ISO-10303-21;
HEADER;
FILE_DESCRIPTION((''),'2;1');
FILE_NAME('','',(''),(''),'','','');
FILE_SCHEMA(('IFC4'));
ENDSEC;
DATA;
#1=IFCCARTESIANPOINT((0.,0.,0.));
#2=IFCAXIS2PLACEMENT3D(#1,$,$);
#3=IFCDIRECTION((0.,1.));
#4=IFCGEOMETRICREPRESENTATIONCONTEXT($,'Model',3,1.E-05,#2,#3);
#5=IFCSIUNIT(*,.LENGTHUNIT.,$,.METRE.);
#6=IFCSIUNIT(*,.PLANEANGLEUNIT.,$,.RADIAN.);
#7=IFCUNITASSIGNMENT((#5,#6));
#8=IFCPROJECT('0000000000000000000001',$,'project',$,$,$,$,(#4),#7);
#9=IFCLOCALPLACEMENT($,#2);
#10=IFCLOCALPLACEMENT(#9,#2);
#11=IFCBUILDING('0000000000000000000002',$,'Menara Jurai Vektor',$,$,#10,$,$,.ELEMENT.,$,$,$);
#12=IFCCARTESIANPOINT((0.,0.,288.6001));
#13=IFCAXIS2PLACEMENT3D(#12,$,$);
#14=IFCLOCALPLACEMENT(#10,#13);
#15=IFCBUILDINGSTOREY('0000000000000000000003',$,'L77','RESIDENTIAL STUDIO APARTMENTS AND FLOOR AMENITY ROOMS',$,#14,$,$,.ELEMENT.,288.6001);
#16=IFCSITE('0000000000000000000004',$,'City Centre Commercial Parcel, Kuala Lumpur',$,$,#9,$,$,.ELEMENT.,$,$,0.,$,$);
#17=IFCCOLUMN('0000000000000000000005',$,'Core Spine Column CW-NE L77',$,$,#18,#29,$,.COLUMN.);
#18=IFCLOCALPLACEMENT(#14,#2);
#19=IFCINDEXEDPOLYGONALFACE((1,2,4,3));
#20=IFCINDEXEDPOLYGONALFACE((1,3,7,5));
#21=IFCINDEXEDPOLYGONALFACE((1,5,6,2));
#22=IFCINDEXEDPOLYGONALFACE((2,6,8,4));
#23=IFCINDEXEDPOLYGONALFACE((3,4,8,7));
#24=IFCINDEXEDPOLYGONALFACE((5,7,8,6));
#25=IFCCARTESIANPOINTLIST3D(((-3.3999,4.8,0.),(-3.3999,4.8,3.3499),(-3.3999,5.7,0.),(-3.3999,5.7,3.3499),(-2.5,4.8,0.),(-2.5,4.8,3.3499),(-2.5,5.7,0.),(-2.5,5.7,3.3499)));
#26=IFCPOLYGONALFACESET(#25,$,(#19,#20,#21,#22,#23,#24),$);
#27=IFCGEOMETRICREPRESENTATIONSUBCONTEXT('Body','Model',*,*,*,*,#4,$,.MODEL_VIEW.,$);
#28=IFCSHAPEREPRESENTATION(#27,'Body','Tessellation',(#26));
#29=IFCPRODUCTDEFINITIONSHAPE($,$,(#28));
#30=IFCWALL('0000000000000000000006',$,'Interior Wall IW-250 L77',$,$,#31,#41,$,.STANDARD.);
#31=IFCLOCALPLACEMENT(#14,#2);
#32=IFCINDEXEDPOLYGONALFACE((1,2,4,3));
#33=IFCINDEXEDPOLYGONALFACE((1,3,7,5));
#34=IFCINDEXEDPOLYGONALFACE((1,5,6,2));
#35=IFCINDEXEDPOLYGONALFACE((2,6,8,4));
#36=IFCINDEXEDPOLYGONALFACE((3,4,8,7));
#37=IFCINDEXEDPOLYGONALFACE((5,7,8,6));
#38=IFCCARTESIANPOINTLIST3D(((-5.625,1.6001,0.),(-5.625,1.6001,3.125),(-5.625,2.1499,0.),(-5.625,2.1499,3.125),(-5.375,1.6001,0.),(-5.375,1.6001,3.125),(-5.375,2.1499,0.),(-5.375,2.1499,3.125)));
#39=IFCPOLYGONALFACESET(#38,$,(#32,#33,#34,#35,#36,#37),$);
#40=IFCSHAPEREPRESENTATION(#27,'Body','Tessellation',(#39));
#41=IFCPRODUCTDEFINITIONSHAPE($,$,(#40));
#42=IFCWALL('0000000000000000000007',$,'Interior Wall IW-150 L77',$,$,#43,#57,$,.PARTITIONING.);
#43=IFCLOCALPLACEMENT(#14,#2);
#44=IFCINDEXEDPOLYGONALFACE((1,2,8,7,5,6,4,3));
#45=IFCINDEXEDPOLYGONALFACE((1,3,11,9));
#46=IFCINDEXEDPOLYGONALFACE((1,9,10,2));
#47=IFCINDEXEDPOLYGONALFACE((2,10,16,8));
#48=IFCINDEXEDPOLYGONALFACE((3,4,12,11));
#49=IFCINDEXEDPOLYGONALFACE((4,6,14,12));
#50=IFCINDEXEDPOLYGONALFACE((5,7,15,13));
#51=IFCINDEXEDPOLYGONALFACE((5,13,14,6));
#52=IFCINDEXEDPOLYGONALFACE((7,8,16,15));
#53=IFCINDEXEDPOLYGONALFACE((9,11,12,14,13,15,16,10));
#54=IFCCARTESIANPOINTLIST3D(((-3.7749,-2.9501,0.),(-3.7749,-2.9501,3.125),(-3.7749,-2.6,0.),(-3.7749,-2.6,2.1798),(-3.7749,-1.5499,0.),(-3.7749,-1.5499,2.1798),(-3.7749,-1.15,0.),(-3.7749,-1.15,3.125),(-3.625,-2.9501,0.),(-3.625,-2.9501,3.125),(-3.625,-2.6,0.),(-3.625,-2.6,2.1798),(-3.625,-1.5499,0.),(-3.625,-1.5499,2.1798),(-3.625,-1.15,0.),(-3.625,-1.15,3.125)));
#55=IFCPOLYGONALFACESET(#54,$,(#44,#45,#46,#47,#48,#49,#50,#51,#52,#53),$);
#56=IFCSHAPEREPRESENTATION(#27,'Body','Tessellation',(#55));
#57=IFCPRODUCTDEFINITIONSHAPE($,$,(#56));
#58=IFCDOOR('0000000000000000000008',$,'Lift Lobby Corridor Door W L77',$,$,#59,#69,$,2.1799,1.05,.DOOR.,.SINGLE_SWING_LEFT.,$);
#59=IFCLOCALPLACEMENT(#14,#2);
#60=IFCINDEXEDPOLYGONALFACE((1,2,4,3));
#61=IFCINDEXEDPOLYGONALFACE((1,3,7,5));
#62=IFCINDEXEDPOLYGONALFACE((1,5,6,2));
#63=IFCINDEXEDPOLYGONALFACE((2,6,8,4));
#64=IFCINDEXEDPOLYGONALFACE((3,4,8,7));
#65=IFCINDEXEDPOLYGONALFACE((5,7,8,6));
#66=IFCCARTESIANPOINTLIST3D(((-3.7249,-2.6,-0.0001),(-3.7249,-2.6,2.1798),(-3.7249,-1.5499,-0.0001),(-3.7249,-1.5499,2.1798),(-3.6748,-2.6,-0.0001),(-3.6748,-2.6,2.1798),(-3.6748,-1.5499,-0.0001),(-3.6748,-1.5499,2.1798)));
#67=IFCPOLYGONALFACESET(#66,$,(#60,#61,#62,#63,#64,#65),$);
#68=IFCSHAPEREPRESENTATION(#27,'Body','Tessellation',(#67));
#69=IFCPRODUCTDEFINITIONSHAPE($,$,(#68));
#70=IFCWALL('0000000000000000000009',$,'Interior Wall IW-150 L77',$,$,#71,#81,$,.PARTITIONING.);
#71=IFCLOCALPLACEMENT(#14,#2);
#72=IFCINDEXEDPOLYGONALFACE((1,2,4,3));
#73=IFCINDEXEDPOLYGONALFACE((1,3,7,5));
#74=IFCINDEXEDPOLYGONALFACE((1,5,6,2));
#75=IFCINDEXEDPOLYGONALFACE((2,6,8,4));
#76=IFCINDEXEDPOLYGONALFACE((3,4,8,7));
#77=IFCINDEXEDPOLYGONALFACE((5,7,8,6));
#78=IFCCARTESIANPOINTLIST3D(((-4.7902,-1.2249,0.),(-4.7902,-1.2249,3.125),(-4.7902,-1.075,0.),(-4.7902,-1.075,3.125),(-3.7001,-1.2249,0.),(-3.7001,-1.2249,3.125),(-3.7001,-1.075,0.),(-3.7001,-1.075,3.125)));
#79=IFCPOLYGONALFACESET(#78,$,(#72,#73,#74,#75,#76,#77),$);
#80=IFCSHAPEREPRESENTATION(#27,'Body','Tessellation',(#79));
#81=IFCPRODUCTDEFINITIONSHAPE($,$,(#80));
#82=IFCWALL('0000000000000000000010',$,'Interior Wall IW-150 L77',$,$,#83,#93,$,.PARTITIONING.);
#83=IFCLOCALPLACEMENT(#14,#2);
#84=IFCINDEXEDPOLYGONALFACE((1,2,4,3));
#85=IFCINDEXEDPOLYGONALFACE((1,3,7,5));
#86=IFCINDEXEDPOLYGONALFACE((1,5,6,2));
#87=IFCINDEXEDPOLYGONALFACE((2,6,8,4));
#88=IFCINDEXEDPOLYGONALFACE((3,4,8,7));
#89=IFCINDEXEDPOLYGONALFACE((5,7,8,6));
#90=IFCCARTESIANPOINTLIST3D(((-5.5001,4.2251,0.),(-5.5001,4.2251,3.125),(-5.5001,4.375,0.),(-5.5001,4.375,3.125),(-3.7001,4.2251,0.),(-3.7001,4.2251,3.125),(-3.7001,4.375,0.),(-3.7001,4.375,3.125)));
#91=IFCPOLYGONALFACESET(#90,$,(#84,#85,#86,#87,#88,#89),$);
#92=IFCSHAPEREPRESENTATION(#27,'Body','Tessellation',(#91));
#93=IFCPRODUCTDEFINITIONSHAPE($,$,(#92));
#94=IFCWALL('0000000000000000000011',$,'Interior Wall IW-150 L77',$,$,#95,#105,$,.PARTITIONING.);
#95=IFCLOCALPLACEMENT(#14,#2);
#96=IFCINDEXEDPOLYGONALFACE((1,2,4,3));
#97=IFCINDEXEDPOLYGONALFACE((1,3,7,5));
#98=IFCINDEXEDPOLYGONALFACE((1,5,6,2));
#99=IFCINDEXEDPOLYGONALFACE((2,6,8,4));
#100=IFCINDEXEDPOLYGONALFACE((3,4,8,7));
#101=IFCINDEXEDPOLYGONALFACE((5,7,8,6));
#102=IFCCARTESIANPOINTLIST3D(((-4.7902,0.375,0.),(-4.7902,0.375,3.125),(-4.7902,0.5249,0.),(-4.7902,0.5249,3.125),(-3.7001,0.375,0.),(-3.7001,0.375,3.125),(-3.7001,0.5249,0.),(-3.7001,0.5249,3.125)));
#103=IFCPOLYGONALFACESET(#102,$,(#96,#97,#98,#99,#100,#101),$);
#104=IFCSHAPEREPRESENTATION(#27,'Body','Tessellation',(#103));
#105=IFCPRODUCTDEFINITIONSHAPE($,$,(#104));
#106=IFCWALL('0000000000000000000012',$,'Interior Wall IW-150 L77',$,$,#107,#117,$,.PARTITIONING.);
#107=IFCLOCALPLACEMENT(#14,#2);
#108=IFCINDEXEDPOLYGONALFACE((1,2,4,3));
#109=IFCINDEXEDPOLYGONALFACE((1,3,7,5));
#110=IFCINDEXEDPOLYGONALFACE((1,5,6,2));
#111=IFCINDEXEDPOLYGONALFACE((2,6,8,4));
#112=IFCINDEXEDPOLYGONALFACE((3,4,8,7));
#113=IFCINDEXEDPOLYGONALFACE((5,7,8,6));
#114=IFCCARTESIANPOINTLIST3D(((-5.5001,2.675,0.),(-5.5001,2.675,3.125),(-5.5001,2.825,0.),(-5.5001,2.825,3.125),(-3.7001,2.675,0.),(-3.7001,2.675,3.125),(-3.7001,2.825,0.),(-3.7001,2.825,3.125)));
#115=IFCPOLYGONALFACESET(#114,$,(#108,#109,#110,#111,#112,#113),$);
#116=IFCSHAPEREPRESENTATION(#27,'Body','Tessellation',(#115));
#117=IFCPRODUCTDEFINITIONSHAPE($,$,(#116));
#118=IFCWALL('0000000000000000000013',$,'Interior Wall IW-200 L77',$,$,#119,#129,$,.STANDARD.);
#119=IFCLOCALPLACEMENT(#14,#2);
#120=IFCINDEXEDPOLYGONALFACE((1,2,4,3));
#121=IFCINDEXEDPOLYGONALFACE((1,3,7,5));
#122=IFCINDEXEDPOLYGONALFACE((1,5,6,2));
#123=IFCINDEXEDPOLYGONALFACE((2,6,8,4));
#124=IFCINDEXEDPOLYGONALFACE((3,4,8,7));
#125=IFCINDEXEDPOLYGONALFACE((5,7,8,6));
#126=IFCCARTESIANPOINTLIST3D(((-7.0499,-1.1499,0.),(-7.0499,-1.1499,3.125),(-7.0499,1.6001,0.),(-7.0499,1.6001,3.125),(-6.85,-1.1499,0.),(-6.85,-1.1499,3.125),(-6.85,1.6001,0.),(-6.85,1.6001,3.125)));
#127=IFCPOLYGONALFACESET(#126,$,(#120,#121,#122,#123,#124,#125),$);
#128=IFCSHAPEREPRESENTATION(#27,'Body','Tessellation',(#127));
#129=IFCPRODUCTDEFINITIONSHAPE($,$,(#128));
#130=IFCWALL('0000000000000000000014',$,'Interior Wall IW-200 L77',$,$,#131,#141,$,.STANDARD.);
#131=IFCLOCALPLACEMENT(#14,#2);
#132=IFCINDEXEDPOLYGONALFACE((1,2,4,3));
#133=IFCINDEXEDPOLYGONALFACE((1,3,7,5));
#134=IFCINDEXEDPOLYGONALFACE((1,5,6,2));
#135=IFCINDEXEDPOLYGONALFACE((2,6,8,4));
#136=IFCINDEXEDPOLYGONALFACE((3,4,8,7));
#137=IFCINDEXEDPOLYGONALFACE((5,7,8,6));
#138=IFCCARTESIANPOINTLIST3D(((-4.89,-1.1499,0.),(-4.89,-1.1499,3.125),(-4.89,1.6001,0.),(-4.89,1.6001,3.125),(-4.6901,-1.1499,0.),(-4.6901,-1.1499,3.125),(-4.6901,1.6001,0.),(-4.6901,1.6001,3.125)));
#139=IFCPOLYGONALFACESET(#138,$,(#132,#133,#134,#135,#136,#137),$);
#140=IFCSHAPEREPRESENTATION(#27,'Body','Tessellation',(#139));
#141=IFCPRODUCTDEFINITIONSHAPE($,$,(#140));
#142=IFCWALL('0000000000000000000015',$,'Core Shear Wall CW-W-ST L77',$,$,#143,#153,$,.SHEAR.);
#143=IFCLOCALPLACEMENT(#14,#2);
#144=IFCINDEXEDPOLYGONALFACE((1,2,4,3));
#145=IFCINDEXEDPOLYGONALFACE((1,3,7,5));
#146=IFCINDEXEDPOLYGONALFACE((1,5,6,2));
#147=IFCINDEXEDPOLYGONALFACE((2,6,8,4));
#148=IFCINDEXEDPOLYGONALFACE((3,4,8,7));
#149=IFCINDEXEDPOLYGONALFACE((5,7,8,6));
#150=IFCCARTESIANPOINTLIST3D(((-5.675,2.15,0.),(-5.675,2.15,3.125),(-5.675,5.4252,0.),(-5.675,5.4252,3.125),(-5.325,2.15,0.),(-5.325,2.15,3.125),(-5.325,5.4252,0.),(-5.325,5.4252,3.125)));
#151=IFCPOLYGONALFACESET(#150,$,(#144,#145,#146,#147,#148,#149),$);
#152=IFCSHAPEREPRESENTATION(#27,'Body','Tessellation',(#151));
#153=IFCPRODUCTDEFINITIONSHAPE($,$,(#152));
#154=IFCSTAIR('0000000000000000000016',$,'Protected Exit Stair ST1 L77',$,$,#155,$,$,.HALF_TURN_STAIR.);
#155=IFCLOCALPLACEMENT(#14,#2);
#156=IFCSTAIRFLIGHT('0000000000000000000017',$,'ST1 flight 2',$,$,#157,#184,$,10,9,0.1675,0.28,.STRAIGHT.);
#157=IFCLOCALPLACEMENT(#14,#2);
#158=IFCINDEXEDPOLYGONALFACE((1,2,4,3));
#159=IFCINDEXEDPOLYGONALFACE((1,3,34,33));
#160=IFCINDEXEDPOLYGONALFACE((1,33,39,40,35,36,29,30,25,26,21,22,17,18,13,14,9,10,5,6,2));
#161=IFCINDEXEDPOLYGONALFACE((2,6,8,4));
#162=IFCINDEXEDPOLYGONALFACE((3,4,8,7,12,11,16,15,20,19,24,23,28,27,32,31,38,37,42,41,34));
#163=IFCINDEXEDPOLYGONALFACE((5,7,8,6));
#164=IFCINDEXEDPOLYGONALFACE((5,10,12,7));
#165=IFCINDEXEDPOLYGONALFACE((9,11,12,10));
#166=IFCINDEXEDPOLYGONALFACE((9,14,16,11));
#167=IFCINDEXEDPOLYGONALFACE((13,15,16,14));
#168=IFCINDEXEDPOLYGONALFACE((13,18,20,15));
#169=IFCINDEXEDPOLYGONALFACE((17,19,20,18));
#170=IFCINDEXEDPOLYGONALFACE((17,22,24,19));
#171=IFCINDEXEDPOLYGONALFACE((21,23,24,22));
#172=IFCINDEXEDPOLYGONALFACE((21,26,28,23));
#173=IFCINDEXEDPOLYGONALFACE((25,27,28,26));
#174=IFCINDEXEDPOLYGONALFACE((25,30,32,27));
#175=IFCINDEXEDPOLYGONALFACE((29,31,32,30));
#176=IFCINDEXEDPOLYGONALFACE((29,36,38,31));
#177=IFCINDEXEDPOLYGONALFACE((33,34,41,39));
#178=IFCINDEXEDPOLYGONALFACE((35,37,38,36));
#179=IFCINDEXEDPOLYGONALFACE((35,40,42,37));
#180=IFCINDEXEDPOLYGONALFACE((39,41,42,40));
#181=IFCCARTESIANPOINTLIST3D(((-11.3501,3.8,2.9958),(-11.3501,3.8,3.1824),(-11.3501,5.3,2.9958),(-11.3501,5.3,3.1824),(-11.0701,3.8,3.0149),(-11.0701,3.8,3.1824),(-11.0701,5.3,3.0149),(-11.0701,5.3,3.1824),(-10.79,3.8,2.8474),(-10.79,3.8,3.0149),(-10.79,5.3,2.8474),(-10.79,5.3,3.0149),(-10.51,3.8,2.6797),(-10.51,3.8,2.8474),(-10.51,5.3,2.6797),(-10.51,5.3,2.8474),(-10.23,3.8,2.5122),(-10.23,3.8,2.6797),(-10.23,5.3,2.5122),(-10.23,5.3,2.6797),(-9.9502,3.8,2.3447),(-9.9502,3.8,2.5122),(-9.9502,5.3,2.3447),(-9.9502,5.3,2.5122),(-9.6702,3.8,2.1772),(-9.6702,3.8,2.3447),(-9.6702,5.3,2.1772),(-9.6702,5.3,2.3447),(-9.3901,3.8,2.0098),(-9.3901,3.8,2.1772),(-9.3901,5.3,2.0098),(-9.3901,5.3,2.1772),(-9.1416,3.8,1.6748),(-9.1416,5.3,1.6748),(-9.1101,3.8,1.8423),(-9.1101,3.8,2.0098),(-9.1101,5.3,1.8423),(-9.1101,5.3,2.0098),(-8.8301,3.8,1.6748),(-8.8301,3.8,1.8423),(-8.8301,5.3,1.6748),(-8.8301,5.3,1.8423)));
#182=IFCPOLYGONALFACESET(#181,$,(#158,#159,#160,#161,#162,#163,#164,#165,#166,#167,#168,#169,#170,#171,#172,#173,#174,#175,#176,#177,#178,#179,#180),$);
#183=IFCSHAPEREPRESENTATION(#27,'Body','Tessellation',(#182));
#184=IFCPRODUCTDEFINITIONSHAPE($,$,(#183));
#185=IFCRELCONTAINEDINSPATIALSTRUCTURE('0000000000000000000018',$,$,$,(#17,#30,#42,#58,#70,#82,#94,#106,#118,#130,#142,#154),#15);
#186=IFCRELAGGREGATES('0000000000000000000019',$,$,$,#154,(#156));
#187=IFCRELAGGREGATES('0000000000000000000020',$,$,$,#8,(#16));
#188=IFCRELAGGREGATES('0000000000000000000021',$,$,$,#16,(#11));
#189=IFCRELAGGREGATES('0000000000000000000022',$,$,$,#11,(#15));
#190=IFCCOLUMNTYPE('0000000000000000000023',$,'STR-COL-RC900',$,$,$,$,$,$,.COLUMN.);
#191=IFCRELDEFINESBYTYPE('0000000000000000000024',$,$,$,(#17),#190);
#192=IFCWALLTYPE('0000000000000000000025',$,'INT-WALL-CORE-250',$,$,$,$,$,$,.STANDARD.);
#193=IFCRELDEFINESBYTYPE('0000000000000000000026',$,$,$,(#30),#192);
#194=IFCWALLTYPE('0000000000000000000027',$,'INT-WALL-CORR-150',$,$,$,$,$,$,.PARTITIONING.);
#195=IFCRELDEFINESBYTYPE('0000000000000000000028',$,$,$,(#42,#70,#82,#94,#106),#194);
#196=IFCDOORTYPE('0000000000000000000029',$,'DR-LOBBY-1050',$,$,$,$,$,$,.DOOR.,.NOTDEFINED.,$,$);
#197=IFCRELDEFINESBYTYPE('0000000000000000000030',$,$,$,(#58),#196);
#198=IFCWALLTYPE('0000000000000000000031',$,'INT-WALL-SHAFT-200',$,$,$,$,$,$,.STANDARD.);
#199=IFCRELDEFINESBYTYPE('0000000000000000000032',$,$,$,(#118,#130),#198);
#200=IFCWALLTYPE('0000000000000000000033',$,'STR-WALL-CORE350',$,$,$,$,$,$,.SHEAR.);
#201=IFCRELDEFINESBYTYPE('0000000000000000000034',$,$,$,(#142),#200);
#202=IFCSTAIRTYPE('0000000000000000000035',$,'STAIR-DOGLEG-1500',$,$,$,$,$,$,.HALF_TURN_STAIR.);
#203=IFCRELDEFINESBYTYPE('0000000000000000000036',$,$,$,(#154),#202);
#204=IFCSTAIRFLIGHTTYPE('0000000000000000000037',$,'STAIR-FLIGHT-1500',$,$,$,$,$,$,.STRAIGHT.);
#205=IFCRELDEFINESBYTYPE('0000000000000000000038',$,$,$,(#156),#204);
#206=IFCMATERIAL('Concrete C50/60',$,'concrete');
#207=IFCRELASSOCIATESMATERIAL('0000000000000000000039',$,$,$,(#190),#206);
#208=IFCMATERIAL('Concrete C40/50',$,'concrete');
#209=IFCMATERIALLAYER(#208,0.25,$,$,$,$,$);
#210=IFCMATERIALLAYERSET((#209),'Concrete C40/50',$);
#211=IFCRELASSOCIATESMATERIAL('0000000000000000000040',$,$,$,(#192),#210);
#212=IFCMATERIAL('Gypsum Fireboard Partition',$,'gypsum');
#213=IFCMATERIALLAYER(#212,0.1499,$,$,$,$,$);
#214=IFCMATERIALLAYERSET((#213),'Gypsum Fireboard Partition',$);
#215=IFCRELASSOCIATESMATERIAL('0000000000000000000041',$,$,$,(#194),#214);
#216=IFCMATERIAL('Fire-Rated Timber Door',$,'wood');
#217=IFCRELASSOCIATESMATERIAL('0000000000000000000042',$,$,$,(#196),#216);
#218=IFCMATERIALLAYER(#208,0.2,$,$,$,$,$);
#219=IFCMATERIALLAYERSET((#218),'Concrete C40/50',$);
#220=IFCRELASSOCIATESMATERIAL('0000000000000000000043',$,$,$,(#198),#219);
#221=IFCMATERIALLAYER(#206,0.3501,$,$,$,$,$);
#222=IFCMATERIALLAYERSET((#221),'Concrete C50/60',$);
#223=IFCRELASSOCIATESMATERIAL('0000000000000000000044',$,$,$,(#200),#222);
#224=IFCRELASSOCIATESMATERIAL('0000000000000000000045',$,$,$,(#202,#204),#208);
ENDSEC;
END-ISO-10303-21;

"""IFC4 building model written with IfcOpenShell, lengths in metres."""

from ifc_helpers import new_model, si_unit, direction, frame, frame_2d, origin, origin_2d, place, context, subcontext, project, spatial, polyline, rectangle, outline, extrude, material, layer, layer_set, material_profile, profile_set, type_object, element, fill, aggregate, save


model = new_model("IFC4")

# Units and contexts
model_context = context("Model", 3, precision=1e-05, world=origin(), true_north=direction((0.0, 1.0)))
body_context = subcontext(model_context, "Body", "Model", "MODEL_VIEW")
ifc_project = project(units=[si_unit("LENGTHUNIT", "METRE"), si_unit("PLANEANGLEUNIT", "RADIAN")], contexts=[model_context])

# Site, building, storey
site_placement = place(None, origin())
site = spatial("IfcSite", under=ifc_project, at=site_placement, Name="City Centre Commercial Parcel, Kuala Lumpur", CompositionType="ELEMENT", RefElevation=0.0)
building_placement = place(site_placement, origin())
building = spatial("IfcBuilding", under=site, at=building_placement, Name="Menara Jurai Vektor", CompositionType="ELEMENT")
storey_placement = place(building_placement, frame((0.0, 0.0, 288.6001)))
storey = spatial("IfcBuildingStorey", under=building, at=storey_placement, Name="L77", Description="RESIDENTIAL STUDIO APARTMENTS AND FLOOR AMENITY ROOMS", CompositionType="ELEMENT", Elevation=288.6001)

# Column
ifc_material_1 = material(Name="Concrete C50/60", Category="concrete")
ifc_material_profile = material_profile(ifc_material_1, rectangle(XDim=0.8999, YDim=0.8999, at=origin_2d()), Name="RC 900x900")
ifc_profile_set = profile_set([ifc_material_profile], Name="Concrete C50/60")
column_type = type_object("IfcColumnType", Name="STR-COL-RC900", PredefinedType="COLUMN", material=ifc_profile_set)
column_placement = place(storey_placement, frame((-2.95, 5.25, 0.0), z_axis=(0.0, 0.0, 1.0), x_axis=(1.0, 0.0, 0.0)))
element("IfcColumn", 1, at=column_placement, inside=storey, type_object=column_type, Name="Core Spine Column CW-NE L77", PredefinedType="COLUMN", context=body_context, shape_type="SweptSolid", body=[
    extrude(rectangle(XDim=0.8999, YDim=0.8999, at=origin_2d()), origin(), (0.0, 0.0, 1.0), 3.3499),
])

# Wall
ifc_material_2 = material(Name="Concrete C40/50", Category="concrete")
ifc_layer_1 = layer(ifc_material_2, 0.25)
ifc_layer_set_1 = layer_set([ifc_layer_1], Name="Concrete C40/50")
wall_type_1 = type_object("IfcWallType", Name="INT-WALL-CORE-250", PredefinedType="STANDARD", material=ifc_layer_set_1)
wall_1_placement = place(storey_placement, frame((-5.5, 1.6001, 0.0), z_axis=(0.0, 0.0, 1.0), x_axis=(0.0, 1.0, 0.0)))
element("IfcWall", 2, at=wall_1_placement, inside=storey, type_object=wall_type_1, Name="Interior Wall IW-250 L77", PredefinedType="STANDARD", context=body_context, shape_type="SweptSolid", body=[
    extrude(rectangle(XDim=0.5498, YDim=0.25, at=frame_2d((0.2749, 0.0))), origin(), (0.0, 0.0, 1.0), 3.125),
])

# Wall, opening, door
ifc_material_3 = material(Name="Gypsum Fireboard Partition", Category="gypsum")
ifc_layer_2 = layer(ifc_material_3, 0.1499)
ifc_layer_set_2 = layer_set([ifc_layer_2], Name="Gypsum Fireboard Partition")
wall_type_2 = type_object("IfcWallType", Name="INT-WALL-CORR-150", PredefinedType="PARTITIONING", material=ifc_layer_set_2)
wall_2_placement = place(storey_placement, frame((-3.7, -2.95, 0.0), z_axis=(0.0, 0.0, 1.0), x_axis=(0.0, 1.0, 0.0)))
wall_2 = element("IfcWall", 3, at=wall_2_placement, inside=storey, type_object=wall_type_2, Name="Interior Wall IW-150 L77", PredefinedType="PARTITIONING", context=body_context, shape_type="SweptSolid", body=[
    extrude(rectangle(XDim=1.8, YDim=0.1499, at=frame_2d((0.8999, 0.0))), origin(), (0.0, 0.0, 1.0), 3.125),
])
opening_1_placement = place(wall_2_placement, frame((0.3501, 0.0, 0.0)))
opening_1 = element("IfcOpeningElement", 4, at=opening_1_placement, cuts=wall_2, PredefinedType="OPENING", context=body_context, shape_type="SweptSolid", body=[
    extrude(rectangle(XDim=1.05, YDim=2.1799, at=frame_2d((0.5249, 1.0898))), frame((0.0, 0.085, 0.0), z_axis=(0.0, -1.0, 0.0), x_axis=(1.0, 0.0, 0.0)), (0.0, 0.0, 1.0), 0.1699),
])
ifc_material_4 = material(Name="Fire-Rated Timber Door", Category="wood")
door_type_1 = type_object("IfcDoorType", Name="DR-LOBBY-1050", OperationType="NOTDEFINED", PredefinedType="DOOR", material=ifc_material_4)
door_1_placement = place(opening_1_placement, origin())
door_1 = element("IfcDoor", 5, at=door_1_placement, inside=storey, type_object=door_type_1, Name="Lift Lobby Corridor Door W L77", OperationType="SINGLE_SWING_LEFT", OverallHeight=2.1799, OverallWidth=1.05, PredefinedType="DOOR", context=body_context, shape_type="SweptSolid", body=[
    extrude(rectangle(XDim=1.05, YDim=2.1799, at=frame_2d((0.5249, 1.0898))), frame((0.0, 0.0249, 0.0), z_axis=(0.0, -1.0, 0.0), x_axis=(1.0, 0.0, 0.0)), (0.0, 0.0, 1.0), 0.05),
])
fill(opening_1, door_1)

# Walls
wall_3_placement = place(storey_placement, frame((-4.79, -1.1499, 0.0), z_axis=(0.0, 0.0, 1.0), x_axis=(1.0, 0.0, 0.0)))
element("IfcWall", 6, at=wall_3_placement, inside=storey, type_object=wall_type_2, Name="Interior Wall IW-150 L77", PredefinedType="PARTITIONING", context=body_context, shape_type="SweptSolid", body=[
    extrude(rectangle(XDim=1.0901, YDim=0.1499, at=frame_2d((0.5449, 0.0))), origin(), (0.0, 0.0, 1.0), 3.125),
])
wall_4_placement = place(storey_placement, frame((-5.5, 4.3, 0.0), z_axis=(0.0, 0.0, 1.0), x_axis=(1.0, 0.0, 0.0)))
element("IfcWall", 7, at=wall_4_placement, inside=storey, type_object=wall_type_2, Name="Interior Wall IW-150 L77", PredefinedType="PARTITIONING", context=body_context, shape_type="SweptSolid", body=[
    extrude(rectangle(XDim=1.8, YDim=0.1499, at=frame_2d((0.8999, 0.0))), origin(), (0.0, 0.0, 1.0), 3.125),
])
wall_5_placement = place(storey_placement, frame((-4.79, 0.45, 0.0), z_axis=(0.0, 0.0, 1.0), x_axis=(1.0, 0.0, 0.0)))
element("IfcWall", 8, at=wall_5_placement, inside=storey, type_object=wall_type_2, Name="Interior Wall IW-150 L77", PredefinedType="PARTITIONING", context=body_context, shape_type="SweptSolid", body=[
    extrude(rectangle(XDim=1.0901, YDim=0.1499, at=frame_2d((0.5449, 0.0))), origin(), (0.0, 0.0, 1.0), 3.125),
])
wall_6_placement = place(storey_placement, frame((-5.5, 2.75, 0.0), z_axis=(0.0, 0.0, 1.0), x_axis=(1.0, 0.0, 0.0)))
element("IfcWall", 9, at=wall_6_placement, inside=storey, type_object=wall_type_2, Name="Interior Wall IW-150 L77", PredefinedType="PARTITIONING", context=body_context, shape_type="SweptSolid", body=[
    extrude(rectangle(XDim=1.8, YDim=0.1499, at=frame_2d((0.8999, 0.0))), origin(), (0.0, 0.0, 1.0), 3.125),
])

# Shared definitions
ifc_layer_3 = layer(ifc_material_2, 0.2)
ifc_layer_set_3 = layer_set([ifc_layer_3], Name="Concrete C40/50")
wall_type_3 = type_object("IfcWallType", Name="INT-WALL-SHAFT-200", PredefinedType="STANDARD", material=ifc_layer_set_3)

# Walls
for number, where, z_axis, x_axis, name in (
    (10, (-6.95, -1.1499, 0.0), (0.0, 0.0, 1.0), (0.0, 1.0, 0.0), "Interior Wall IW-200 L77"),
    (11, (-4.79, -1.1499, 0.0), (0.0, 0.0, 1.0), (0.0, 1.0, 0.0), "Interior Wall IW-200 L77"),
):
    element("IfcWall", number, at=place(storey_placement, frame(where, z_axis=z_axis, x_axis=x_axis)), inside=storey, type_object=wall_type_3, Name=name, PredefinedType="STANDARD", context=body_context, shape_type="SweptSolid", body=[
        extrude(rectangle(XDim=2.75, YDim=0.2, at=frame_2d((1.375, 0.0))), origin(), (0.0, 0.0, 1.0), 3.125),
    ])

# Wall
ifc_layer_4 = layer(ifc_material_1, 0.3501)
ifc_layer_set_4 = layer_set([ifc_layer_4], Name="Concrete C50/60")
wall_type_4 = type_object("IfcWallType", Name="STR-WALL-CORE350", PredefinedType="SHEAR", material=ifc_layer_set_4)
wall_7_placement = place(storey_placement, frame((-5.5, 2.1499, 0.0), z_axis=(0.0, 0.0, 1.0), x_axis=(0.0, 1.0, 0.0)))
element("IfcWall", 12, at=wall_7_placement, inside=storey, type_object=wall_type_4, Name="Core Shear Wall CW-W-ST L77", PredefinedType="SHEAR", context=body_context, shape_type="SweptSolid", body=[
    extrude(rectangle(XDim=3.2751, YDim=0.3501, at=frame_2d((1.6377, 0.0))), origin(), (0.0, 0.0, 1.0), 3.125),
])

# Stair, stair flight
stair_type = type_object("IfcStairType", Name="STAIR-DOGLEG-1500", PredefinedType="HALF_TURN_STAIR", material=ifc_material_2)
stair_placement = place(storey_placement, origin())
stair = element("IfcStair", 13, at=stair_placement, inside=storey, type_object=stair_type, Name="Protected Exit Stair ST1 L77", PredefinedType="HALF_TURN_STAIR")
stair_flight_type = type_object("IfcStairFlightType", Name="STAIR-FLIGHT-1500", PredefinedType="STRAIGHT", material=ifc_material_2)
stair_flight_placement = place(storey_placement, frame((-8.8301, 4.55, 1.6748), z_axis=(0.0, 0.0, 1.0), x_axis=(-1.0, 0.0, 0.0)))
stair_flight = element("IfcStairFlight", 14, at=stair_flight_placement, type_object=stair_flight_type, Name="ST1 flight 2", NumberOfRisers=10, NumberOfTreads=9, PredefinedType="STRAIGHT", RiserHeight=0.1675, TreadLength=0.28, context=body_context, shape_type="SweptSolid", body=[
    extrude(outline(polyline([(0.0, 0.0), (0.0, 0.1675), (0.28, 0.1675), (0.28, 0.335), (0.5601, 0.335), (0.5601, 0.5024), (0.8401, 0.5024), (0.8401, 0.6699), (1.1201, 0.6699), (1.1201, 0.8374), (1.3999, 0.8374), (1.3999, 1.0049), (1.6799, 1.0049), (1.6799, 1.1726), (1.96, 1.1726), (1.96, 1.3401), (2.24, 1.3401), (2.24, 1.5076), (2.52, 1.5076), (2.52, 1.675), (2.52, 1.321), (0.3115, 0.0), (0.0, 0.0)])), frame((0.0, 0.75, 0.0), z_axis=(0.0, -1.0, 0.0), x_axis=(1.0, 0.0, 0.0)), (0.0, 0.0, 1.0), 1.5),
])
aggregate(stair, [stair_flight])

save(model, "model.ifc")
